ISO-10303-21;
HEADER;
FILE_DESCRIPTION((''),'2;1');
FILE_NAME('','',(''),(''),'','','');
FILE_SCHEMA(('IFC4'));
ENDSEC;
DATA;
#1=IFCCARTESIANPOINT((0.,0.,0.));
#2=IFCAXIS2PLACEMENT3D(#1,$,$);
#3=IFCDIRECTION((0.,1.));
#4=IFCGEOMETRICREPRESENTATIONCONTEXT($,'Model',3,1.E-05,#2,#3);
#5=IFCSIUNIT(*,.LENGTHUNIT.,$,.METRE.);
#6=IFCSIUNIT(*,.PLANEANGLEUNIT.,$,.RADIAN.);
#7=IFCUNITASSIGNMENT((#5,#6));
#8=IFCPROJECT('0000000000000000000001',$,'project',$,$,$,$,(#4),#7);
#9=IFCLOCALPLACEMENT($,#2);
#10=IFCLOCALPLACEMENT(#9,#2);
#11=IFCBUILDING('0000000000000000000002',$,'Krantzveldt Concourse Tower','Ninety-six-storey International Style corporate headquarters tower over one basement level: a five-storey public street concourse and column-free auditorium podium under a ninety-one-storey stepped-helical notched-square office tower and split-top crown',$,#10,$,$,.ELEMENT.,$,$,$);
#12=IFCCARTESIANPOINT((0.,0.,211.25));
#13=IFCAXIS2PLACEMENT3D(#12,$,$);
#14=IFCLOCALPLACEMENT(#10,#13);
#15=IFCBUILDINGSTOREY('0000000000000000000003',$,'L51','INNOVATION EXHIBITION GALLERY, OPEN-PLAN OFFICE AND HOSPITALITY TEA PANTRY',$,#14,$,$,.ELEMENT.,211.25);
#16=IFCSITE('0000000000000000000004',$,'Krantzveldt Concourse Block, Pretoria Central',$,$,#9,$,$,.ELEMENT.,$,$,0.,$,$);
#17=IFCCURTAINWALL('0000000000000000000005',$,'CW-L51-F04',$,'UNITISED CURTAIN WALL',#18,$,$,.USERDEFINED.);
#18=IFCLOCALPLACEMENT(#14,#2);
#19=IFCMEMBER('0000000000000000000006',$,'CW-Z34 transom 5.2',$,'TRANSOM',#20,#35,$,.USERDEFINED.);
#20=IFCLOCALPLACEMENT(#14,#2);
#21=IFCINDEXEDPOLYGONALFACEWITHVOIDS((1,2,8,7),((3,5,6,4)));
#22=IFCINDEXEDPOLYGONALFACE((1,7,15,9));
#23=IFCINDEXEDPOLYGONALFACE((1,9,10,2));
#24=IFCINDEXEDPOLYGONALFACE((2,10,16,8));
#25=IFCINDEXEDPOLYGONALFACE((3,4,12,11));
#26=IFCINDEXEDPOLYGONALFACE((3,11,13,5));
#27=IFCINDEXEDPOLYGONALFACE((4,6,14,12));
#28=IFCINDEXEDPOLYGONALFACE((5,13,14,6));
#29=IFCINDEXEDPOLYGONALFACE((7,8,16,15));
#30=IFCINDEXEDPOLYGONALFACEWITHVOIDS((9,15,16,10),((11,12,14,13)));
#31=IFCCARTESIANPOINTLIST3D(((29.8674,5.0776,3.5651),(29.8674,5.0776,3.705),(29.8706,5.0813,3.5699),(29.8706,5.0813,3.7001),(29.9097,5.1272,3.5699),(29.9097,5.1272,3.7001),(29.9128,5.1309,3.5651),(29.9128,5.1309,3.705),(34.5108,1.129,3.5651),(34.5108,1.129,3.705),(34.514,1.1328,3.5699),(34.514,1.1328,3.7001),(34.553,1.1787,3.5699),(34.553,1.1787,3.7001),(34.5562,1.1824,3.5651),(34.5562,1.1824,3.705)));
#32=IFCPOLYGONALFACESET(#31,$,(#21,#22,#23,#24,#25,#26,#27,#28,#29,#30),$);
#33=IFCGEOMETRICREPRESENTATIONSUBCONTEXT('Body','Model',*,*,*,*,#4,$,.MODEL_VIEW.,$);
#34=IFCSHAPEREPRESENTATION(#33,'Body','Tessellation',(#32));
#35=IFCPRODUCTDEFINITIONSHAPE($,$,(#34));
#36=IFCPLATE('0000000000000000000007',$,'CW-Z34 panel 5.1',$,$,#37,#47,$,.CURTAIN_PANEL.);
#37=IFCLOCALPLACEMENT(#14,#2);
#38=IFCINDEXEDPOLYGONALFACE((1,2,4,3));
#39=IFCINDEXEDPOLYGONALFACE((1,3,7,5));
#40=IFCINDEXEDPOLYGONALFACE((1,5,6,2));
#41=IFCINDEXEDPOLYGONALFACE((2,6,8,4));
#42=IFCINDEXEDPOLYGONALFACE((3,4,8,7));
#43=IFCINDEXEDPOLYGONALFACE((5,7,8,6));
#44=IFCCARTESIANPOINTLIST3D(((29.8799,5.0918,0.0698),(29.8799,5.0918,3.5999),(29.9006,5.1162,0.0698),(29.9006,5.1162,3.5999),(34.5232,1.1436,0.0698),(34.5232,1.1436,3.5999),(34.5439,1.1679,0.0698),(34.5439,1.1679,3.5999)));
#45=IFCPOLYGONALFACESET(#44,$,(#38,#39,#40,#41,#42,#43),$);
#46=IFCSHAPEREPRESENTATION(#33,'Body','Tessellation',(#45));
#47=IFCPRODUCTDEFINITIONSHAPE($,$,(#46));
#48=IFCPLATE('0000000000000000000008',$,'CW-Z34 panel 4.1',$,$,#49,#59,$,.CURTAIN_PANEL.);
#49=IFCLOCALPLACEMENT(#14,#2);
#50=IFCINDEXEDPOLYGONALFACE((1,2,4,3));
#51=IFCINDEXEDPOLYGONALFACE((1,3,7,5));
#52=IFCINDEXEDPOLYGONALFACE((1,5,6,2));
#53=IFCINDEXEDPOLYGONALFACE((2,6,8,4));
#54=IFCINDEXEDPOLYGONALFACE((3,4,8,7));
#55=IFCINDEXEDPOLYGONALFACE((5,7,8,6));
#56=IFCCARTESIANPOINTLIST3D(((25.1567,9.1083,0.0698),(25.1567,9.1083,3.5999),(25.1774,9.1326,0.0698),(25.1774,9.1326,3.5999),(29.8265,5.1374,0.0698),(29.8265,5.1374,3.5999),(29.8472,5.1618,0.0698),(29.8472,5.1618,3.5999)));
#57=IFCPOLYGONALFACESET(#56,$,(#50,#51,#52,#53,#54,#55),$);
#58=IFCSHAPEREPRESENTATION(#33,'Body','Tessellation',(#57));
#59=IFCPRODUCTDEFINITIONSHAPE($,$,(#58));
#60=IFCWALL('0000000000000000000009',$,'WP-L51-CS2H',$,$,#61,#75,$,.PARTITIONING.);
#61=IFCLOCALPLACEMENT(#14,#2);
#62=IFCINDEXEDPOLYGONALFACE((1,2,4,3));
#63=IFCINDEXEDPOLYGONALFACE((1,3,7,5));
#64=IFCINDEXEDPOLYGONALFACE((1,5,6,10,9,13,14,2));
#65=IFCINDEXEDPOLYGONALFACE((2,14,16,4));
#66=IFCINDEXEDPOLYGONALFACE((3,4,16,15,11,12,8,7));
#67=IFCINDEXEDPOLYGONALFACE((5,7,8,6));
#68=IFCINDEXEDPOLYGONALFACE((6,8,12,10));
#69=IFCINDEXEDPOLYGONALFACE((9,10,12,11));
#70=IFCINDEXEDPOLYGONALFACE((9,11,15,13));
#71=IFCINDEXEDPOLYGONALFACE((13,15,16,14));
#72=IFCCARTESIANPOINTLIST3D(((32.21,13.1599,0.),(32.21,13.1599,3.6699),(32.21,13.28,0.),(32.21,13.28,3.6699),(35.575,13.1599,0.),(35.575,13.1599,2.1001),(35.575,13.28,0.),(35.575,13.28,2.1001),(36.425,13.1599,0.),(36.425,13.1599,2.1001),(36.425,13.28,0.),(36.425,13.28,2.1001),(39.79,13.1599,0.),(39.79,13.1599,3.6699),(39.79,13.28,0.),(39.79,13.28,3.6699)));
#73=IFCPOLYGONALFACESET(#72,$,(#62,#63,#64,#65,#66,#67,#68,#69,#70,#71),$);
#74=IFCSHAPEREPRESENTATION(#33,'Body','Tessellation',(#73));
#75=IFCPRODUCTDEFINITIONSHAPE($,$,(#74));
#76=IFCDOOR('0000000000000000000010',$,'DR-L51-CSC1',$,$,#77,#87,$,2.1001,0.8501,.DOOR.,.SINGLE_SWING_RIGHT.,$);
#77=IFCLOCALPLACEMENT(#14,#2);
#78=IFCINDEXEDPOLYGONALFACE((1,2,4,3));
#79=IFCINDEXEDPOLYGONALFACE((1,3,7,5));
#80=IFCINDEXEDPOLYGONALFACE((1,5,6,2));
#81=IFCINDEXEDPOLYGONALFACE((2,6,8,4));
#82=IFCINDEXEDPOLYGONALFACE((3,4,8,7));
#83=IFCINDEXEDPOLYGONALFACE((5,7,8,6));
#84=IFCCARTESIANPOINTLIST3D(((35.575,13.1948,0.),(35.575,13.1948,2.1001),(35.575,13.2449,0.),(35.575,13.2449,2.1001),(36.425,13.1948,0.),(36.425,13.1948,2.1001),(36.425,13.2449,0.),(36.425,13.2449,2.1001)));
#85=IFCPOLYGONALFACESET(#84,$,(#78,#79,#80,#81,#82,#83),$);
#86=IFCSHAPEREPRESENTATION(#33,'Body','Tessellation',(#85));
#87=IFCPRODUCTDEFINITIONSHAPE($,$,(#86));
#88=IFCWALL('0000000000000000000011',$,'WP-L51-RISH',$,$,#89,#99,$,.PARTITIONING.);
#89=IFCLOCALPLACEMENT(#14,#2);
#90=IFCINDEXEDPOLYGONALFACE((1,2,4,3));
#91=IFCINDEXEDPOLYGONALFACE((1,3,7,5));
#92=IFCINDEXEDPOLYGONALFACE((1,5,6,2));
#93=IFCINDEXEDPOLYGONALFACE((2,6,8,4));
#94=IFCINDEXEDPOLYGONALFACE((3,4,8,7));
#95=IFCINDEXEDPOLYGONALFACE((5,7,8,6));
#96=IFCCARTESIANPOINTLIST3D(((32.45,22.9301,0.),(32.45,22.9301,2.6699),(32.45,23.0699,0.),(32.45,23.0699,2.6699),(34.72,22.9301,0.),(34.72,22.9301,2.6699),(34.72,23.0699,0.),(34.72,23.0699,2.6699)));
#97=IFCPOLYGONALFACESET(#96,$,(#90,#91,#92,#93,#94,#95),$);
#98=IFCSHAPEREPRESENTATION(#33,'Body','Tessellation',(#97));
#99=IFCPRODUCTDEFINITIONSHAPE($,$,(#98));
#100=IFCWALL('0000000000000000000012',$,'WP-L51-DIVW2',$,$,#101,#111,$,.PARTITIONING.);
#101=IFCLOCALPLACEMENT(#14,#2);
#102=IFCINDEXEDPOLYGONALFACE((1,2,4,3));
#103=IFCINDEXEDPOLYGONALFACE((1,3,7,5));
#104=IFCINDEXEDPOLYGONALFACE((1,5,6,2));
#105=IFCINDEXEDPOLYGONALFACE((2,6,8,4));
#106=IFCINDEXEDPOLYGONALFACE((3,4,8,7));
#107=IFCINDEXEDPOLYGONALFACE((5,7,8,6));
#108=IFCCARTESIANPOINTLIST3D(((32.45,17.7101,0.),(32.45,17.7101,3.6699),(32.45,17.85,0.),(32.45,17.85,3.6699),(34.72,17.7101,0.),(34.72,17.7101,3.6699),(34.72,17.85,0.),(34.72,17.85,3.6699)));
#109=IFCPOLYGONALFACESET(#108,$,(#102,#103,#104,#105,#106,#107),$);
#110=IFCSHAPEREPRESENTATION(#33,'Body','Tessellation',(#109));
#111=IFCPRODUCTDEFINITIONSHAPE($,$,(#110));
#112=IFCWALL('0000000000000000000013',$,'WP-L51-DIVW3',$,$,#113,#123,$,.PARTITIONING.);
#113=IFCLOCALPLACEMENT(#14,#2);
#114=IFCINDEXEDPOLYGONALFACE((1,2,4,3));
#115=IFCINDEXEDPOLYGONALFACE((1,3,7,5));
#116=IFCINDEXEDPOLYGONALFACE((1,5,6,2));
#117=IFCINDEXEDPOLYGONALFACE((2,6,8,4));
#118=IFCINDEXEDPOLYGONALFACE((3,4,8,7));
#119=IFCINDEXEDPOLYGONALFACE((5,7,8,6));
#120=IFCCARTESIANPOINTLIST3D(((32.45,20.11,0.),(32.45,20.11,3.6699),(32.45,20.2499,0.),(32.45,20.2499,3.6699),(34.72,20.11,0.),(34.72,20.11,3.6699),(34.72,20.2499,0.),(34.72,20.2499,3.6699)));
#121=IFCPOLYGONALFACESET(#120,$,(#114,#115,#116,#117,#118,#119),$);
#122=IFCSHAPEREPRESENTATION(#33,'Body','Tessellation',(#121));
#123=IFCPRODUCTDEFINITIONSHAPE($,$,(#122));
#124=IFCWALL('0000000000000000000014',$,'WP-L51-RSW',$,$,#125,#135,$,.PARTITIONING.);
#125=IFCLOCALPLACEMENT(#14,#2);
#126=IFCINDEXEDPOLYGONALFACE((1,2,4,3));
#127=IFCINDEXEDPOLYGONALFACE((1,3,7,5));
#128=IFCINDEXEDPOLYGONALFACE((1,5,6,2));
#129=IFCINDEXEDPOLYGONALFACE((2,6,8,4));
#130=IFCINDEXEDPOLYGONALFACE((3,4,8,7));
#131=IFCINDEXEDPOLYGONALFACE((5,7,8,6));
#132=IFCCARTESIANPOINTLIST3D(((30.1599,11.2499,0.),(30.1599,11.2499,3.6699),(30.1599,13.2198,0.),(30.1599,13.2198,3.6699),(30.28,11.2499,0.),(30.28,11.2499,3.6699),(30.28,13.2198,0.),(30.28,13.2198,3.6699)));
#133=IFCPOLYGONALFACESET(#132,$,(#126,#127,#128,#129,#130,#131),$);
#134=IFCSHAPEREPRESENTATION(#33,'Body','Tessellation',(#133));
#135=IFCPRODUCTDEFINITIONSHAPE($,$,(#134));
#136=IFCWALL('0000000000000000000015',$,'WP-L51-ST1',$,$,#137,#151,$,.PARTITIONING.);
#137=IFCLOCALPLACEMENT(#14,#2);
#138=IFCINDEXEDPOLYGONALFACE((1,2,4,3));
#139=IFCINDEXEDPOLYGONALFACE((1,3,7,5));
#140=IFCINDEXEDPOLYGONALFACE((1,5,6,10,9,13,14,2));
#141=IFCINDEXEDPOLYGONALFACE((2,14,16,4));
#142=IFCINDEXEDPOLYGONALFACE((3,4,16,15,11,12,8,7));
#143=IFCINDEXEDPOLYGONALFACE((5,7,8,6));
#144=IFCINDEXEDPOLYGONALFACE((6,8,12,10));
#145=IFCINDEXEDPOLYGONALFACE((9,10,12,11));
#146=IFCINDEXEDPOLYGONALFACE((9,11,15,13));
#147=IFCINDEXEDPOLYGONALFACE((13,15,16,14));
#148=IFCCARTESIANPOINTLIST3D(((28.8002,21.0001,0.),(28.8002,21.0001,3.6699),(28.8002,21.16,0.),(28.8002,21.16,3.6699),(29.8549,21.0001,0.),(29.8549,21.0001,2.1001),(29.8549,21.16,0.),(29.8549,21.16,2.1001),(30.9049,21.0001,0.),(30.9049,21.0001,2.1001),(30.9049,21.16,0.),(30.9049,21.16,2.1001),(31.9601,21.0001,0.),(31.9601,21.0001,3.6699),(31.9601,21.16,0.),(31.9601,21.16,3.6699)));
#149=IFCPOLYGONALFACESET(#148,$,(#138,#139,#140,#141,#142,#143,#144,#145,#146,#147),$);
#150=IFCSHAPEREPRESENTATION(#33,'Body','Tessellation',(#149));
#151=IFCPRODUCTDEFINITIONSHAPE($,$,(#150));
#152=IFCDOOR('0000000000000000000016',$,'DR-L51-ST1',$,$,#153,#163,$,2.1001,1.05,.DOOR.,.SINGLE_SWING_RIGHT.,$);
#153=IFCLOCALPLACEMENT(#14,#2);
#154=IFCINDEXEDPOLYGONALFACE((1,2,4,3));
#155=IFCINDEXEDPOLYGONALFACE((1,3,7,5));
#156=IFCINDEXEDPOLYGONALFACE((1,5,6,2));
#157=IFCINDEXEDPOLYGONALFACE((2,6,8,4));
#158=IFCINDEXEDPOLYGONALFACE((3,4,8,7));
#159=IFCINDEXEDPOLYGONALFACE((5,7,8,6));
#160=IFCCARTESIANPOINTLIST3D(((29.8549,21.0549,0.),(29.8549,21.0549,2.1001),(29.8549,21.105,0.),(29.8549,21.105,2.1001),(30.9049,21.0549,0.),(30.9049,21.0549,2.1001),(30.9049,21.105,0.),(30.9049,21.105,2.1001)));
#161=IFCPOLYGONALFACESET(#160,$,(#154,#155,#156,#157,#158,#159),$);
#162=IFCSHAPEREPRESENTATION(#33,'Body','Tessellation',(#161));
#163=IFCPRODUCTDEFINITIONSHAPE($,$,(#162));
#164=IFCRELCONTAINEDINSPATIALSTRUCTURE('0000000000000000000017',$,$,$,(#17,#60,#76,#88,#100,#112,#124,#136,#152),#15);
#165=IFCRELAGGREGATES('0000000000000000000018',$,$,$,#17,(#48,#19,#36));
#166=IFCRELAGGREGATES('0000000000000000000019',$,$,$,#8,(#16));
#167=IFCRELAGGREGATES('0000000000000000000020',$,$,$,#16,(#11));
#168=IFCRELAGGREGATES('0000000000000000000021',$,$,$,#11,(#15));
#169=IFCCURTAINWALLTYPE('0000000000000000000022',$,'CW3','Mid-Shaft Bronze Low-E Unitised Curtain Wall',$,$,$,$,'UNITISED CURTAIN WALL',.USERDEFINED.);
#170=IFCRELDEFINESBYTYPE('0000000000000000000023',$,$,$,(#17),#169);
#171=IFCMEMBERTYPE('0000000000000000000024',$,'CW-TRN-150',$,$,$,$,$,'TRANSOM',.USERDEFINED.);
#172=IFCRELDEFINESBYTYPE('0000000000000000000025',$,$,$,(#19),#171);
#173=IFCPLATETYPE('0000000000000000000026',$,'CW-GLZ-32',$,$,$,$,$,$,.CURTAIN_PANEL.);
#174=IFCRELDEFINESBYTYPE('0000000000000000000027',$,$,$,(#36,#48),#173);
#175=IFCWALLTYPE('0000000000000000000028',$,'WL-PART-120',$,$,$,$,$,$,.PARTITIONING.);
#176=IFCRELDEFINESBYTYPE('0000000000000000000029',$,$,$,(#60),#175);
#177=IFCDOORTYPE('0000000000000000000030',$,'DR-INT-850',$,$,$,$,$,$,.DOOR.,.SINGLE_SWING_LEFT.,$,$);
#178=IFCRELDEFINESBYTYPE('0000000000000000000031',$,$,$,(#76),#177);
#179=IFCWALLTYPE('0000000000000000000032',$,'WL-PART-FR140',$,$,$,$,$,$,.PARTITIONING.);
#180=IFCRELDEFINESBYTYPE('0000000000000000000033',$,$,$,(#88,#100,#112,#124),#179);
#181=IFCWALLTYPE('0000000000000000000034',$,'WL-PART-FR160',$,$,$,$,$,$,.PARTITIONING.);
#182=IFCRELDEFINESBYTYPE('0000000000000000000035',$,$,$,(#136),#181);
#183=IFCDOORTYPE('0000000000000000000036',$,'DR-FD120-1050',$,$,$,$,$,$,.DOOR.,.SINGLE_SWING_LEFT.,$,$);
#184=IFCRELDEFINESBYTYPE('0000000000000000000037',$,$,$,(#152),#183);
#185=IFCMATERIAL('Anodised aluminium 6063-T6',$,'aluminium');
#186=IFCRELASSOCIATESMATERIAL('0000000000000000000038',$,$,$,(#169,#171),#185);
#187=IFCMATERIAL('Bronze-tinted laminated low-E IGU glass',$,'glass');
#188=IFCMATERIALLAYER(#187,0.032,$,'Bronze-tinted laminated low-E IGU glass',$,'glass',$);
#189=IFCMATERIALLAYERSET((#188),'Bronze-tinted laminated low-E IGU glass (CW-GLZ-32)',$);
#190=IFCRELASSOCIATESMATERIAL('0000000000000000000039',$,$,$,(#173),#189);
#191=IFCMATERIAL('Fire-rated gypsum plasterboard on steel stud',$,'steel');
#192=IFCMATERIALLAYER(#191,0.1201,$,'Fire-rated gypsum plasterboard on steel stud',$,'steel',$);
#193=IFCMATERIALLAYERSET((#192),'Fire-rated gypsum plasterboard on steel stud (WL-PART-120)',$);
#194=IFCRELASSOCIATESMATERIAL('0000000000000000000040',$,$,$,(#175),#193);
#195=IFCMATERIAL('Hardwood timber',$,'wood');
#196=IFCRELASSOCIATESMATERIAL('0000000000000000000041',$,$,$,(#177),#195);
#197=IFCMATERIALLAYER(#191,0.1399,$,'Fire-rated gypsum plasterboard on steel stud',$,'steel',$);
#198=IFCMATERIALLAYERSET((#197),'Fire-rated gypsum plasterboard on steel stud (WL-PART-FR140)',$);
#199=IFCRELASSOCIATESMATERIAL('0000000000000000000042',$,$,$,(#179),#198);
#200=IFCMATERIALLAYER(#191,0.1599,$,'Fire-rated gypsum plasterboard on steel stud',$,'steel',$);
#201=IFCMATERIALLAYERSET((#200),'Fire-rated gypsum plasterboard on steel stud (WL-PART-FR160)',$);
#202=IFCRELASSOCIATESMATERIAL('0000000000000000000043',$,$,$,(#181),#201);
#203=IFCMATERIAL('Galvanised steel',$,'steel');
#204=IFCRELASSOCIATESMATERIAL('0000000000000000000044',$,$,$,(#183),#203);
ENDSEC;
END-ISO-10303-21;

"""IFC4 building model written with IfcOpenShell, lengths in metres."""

from ifc_helpers import new_model, si_unit, direction, frame, frame_2d, origin, origin_2d, place, context, subcontext, project, spatial, rectangle, hollow_rectangle, extrude, source, transform, mapped, material, layer, layer_set, material_profile, profile_set, type_object, type_shapes, element, fill, aggregate, save


model = new_model("IFC4")

# Units and contexts
model_context = context("Model", 3, precision=1e-05, world=origin(), true_north=direction((0.0, 1.0)))
body_context = subcontext(model_context, "Body", "Model", "MODEL_VIEW")
ifc_project = project(units=[si_unit("LENGTHUNIT", "METRE"), si_unit("PLANEANGLEUNIT", "RADIAN")], contexts=[model_context])

# Site, building, storey
site_placement = place(None, origin())
site = spatial("IfcSite", under=ifc_project, at=site_placement, Name="Krantzveldt Concourse Block, Pretoria Central", CompositionType="ELEMENT", RefElevation=0.0)
building_placement = place(site_placement, origin())
building = spatial("IfcBuilding", under=site, at=building_placement, Name="Krantzveldt Concourse Tower", Description="Ninety-six-storey International Style corporate headquarters tower over one basement level: a five-storey public street concourse and column-free auditorium podium under a ninety-one-storey stepped-helical notched-square office tower and split-top crown", CompositionType="ELEMENT")
storey_placement = place(building_placement, frame((0.0, 0.0, 211.25)))
storey = spatial("IfcBuildingStorey", under=building, at=storey_placement, Name="L51", Description="INNOVATION EXHIBITION GALLERY, OPEN-PLAN OFFICE AND HOSPITALITY TEA PANTRY", CompositionType="ELEMENT", Elevation=211.25)

# Curtain wall, member, plates
ifc_material_1 = material(Name="Anodised aluminium 6063-T6", Category="aluminium")
curtain_wall_type = type_object("IfcCurtainWallType", Name="CW3", Description="Mid-Shaft Bronze Low-E Unitised Curtain Wall", ElementType="UNITISED CURTAIN WALL", PredefinedType="USERDEFINED", material=ifc_material_1)
curtain_wall_placement = place(storey_placement, origin())
curtain_wall = element("IfcCurtainWall", 1, at=curtain_wall_placement, inside=storey, type_object=curtain_wall_type, Name="CW-L51-F04", ObjectType="UNITISED CURTAIN WALL", PredefinedType="USERDEFINED")
ifc_material_profile_1 = material_profile(ifc_material_1, hollow_rectangle(XDim=0.0701, YDim=0.1399, WallThickness=0.0049, at=origin_2d()), Name="Anodised aluminium 6063-T6", Category="aluminium")
ifc_profile_set_1 = profile_set([ifc_material_profile_1], Name="Anodised aluminium 6063-T6 - ALU-TRAN 140x70x5")
member_type_1 = type_object("IfcMemberType", Name="CW-TRN-150", ElementType="TRANSOM", PredefinedType="USERDEFINED", material=ifc_profile_set_1)
shared_shape_1 = source(origin(), body_context, "Body", "SweptSolid", [
    extrude(hollow_rectangle(XDim=0.0701, YDim=0.1399, WallThickness=0.0049, at=origin_2d()), origin(), (0.0, 0.0, 1.0), 6.0952),
])
type_shapes(member_type_1, [shared_shape_1])
member_1_placement = place(storey_placement, frame((29.8901, 5.1042, 3.635), z_axis=(0.761804, -0.647808, 0.0), x_axis=(0.647808, 0.761804, 0.0)))
member_1 = element("IfcMember", 2, at=member_1_placement, type_object=member_type_1, Name="CW-Z34 transom 5.2", ObjectType="TRANSOM", PredefinedType="USERDEFINED", context=body_context, shape_type="MappedRepresentation", body=[
    mapped(shared_shape_1, transform((0.0, 0.0, 0.0), x_axis=(1.0, 0.0, 0.0), y_axis=(0.0, 1.0, 0.0), z_axis=(0.0, 0.0, 1.0), scale=1.0)),
])
ifc_material_2 = material(Name="Bronze-tinted laminated low-E IGU glass", Category="glass")
ifc_layer_1 = layer(ifc_material_2, 0.032, Name="Bronze-tinted laminated low-E IGU glass", Category="glass")
ifc_layer_set_1 = layer_set([ifc_layer_1], Name="Bronze-tinted laminated low-E IGU glass (CW-GLZ-32)")
plate_type = type_object("IfcPlateType", Name="CW-GLZ-32", PredefinedType="CURTAIN_PANEL", material=ifc_layer_set_1)
shared_shape_2 = source(origin(), body_context, "Body", "SweptSolid", [
    extrude(rectangle(XDim=6.095, YDim=0.032, at=origin_2d()), origin(), (0.0, 0.0, 1.0), 3.53),
])
plate_1_placement = place(storey_placement, frame((32.2119, 3.1299, 0.0698), z_axis=(0.0, 0.0, 1.0), x_axis=(0.761821, -0.647788, 0.0)))
plate_1 = element("IfcPlate", 3, at=plate_1_placement, type_object=plate_type, Name="CW-Z34 panel 5.1", PredefinedType="CURTAIN_PANEL", context=body_context, shape_type="MappedRepresentation", body=[
    mapped(shared_shape_2, transform((0.0, 0.0, 0.0), x_axis=(1.0, 0.0, 0.0), y_axis=(0.0, 1.0, 0.0), z_axis=(0.0, 0.0, 1.0), scale=1.0)),
])
shared_shape_3 = source(origin(), body_context, "Body", "SweptSolid", [
    extrude(rectangle(XDim=6.1299, YDim=0.032, at=origin_2d()), origin(), (0.0, 0.0, 1.0), 3.53),
])
type_shapes(plate_type, [shared_shape_2, shared_shape_3])
plate_2_placement = place(storey_placement, frame((27.502, 7.135, 0.0698), z_axis=(0.0, 0.0, 1.0), x_axis=(0.761821, -0.647788, 0.0)))
plate_2 = element("IfcPlate", 4, at=plate_2_placement, type_object=plate_type, Name="CW-Z34 panel 4.1", PredefinedType="CURTAIN_PANEL", context=body_context, shape_type="MappedRepresentation", body=[
    mapped(shared_shape_3, transform((0.0, 0.0, 0.0), x_axis=(1.0, 0.0, 0.0), y_axis=(0.0, 1.0, 0.0), z_axis=(0.0, 0.0, 1.0), scale=1.0)),
])
aggregate(curtain_wall, [plate_2, member_1, plate_1])

# Wall, opening, door
ifc_material_3 = material(Name="Fire-rated gypsum plasterboard on steel stud", Category="steel")
ifc_layer_2 = layer(ifc_material_3, 0.1201, Name="Fire-rated gypsum plasterboard on steel stud", Category="steel")
ifc_layer_set_2 = layer_set([ifc_layer_2], Name="Fire-rated gypsum plasterboard on steel stud (WL-PART-120)")
wall_type_1 = type_object("IfcWallType", Name="WL-PART-120", PredefinedType="PARTITIONING", material=ifc_layer_set_2)
wall_1_placement = place(storey_placement, frame((32.21, 13.22, 0.0), z_axis=(0.0, 0.0, 1.0), x_axis=(1.0, 0.0, 0.0)))
wall_1 = element("IfcWall", 5, at=wall_1_placement, inside=storey, type_object=wall_type_1, Name="WP-L51-CS2H", PredefinedType="PARTITIONING", context=body_context, shape_type="SweptSolid", body=[
    extrude(rectangle(XDim=7.5801, YDim=0.1201, at=frame_2d((3.79, 0.0))), origin(), (0.0, 0.0, 1.0), 3.6699),
])
opening_1_placement = place(wall_1_placement, frame((3.365, 0.0, 0.0)))
opening_1 = element("IfcOpeningElement", 6, at=opening_1_placement, cuts=wall_1, PredefinedType="OPENING", context=body_context, shape_type="SweptSolid", body=[
    extrude(rectangle(XDim=0.8501, YDim=2.1001, at=frame_2d((0.425, 1.05))), frame((0.0, 0.0701, 0.0), z_axis=(0.0, -1.0, 0.0), x_axis=(1.0, 0.0, 0.0)), (0.0, 0.0, 1.0), 0.1401),
])
ifc_material_4 = material(Name="Hardwood timber", Category="wood")
door_type_1 = type_object("IfcDoorType", Name="DR-INT-850", OperationType="SINGLE_SWING_LEFT", PredefinedType="DOOR", material=ifc_material_4)
door_1_placement = place(opening_1_placement, origin())
door_1 = element("IfcDoor", 7, at=door_1_placement, inside=storey, type_object=door_type_1, Name="DR-L51-CSC1", OperationType="SINGLE_SWING_RIGHT", OverallHeight=2.1001, OverallWidth=0.8501, PredefinedType="DOOR", context=body_context, shape_type="SweptSolid", body=[
    extrude(rectangle(XDim=0.8501, YDim=2.1001, at=frame_2d((0.425, 1.05))), frame((0.0, 0.0249, 0.0), z_axis=(0.0, -1.0, 0.0), x_axis=(1.0, 0.0, 0.0)), (0.0, 0.0, 1.0), 0.05),
])
fill(opening_1, door_1)

# Walls
ifc_layer_3 = layer(ifc_material_3, 0.1399, Name="Fire-rated gypsum plasterboard on steel stud", Category="steel")
ifc_layer_set_3 = layer_set([ifc_layer_3], Name="Fire-rated gypsum plasterboard on steel stud (WL-PART-FR140)")
wall_type_2 = type_object("IfcWallType", Name="WL-PART-FR140", PredefinedType="PARTITIONING", material=ifc_layer_set_3)
wall_2_placement = place(storey_placement, frame((32.45, 23.0, 0.0), z_axis=(0.0, 0.0, 1.0), x_axis=(1.0, 0.0, 0.0)))
element("IfcWall", 8, at=wall_2_placement, inside=storey, type_object=wall_type_2, Name="WP-L51-RISH", PredefinedType="PARTITIONING", context=body_context, shape_type="SweptSolid", body=[
    extrude(rectangle(XDim=2.27, YDim=0.1399, at=frame_2d((1.135, 0.0))), origin(), (0.0, 0.0, 1.0), 2.6699),
])
for number, where, z_axis, x_axis, name in (
    (9, (32.45, 17.78, 0.0), (0.0, 0.0, 1.0), (1.0, 0.0, 0.0), "WP-L51-DIVW2"),
    (10, (32.45, 20.1799, 0.0), (0.0, 0.0, 1.0), (1.0, 0.0, 0.0), "WP-L51-DIVW3"),
):
    element("IfcWall", number, at=place(storey_placement, frame(where, z_axis=z_axis, x_axis=x_axis)), inside=storey, type_object=wall_type_2, Name=name, PredefinedType="PARTITIONING", context=body_context, shape_type="SweptSolid", body=[
        extrude(rectangle(XDim=2.27, YDim=0.1399, at=frame_2d((1.135, 0.0))), origin(), (0.0, 0.0, 1.0), 3.6699),
    ])
wall_3_placement = place(storey_placement, frame((30.22, 11.25, 0.0), z_axis=(0.0, 0.0, 1.0), x_axis=(0.0, 1.0, 0.0)))
element("IfcWall", 11, at=wall_3_placement, inside=storey, type_object=wall_type_2, Name="WP-L51-RSW", PredefinedType="PARTITIONING", context=body_context, shape_type="SweptSolid", body=[
    extrude(rectangle(XDim=1.97, YDim=0.1201, at=frame_2d((0.9849, 0.0))), origin(), (0.0, 0.0, 1.0), 3.6699),
])

# Wall, opening, door
ifc_layer_4 = layer(ifc_material_3, 0.1599, Name="Fire-rated gypsum plasterboard on steel stud", Category="steel")
ifc_layer_set_4 = layer_set([ifc_layer_4], Name="Fire-rated gypsum plasterboard on steel stud (WL-PART-FR160)")
wall_type_3 = type_object("IfcWallType", Name="WL-PART-FR160", PredefinedType="PARTITIONING", material=ifc_layer_set_4)
wall_4_placement = place(storey_placement, frame((28.8, 21.0801, 0.0), z_axis=(0.0, 0.0, 1.0), x_axis=(1.0, 0.0, 0.0)))
wall_4 = element("IfcWall", 12, at=wall_4_placement, inside=storey, type_object=wall_type_3, Name="WP-L51-ST1", PredefinedType="PARTITIONING", context=body_context, shape_type="SweptSolid", body=[
    extrude(rectangle(XDim=3.1599, YDim=0.1599, at=frame_2d((1.5801, 0.0))), origin(), (0.0, 0.0, 1.0), 3.6699),
])
opening_2_placement = place(wall_4_placement, frame((1.0549, 0.0, 0.0)))
opening_2 = element("IfcOpeningElement", 13, at=opening_2_placement, cuts=wall_4, PredefinedType="OPENING", context=body_context, shape_type="SweptSolid", body=[
    extrude(rectangle(XDim=1.05, YDim=2.1001, at=frame_2d((0.5249, 1.05))), frame((0.0, 0.0898, 0.0), z_axis=(0.0, -1.0, 0.0), x_axis=(1.0, 0.0, 0.0)), (0.0, 0.0, 1.0), 0.1799),
])
ifc_material_5 = material(Name="Galvanised steel", Category="steel")
door_type_2 = type_object("IfcDoorType", Name="DR-FD120-1050", OperationType="SINGLE_SWING_LEFT", PredefinedType="DOOR", material=ifc_material_5)
door_2_placement = place(opening_2_placement, origin())
door_2 = element("IfcDoor", 14, at=door_2_placement, inside=storey, type_object=door_type_2, Name="DR-L51-ST1", OperationType="SINGLE_SWING_RIGHT", OverallHeight=2.1001, OverallWidth=1.05, PredefinedType="DOOR", context=body_context, shape_type="SweptSolid", body=[
    extrude(rectangle(XDim=1.05, YDim=2.1001, at=frame_2d((0.5249, 1.05))), frame((0.0, 0.0249, 0.0), z_axis=(0.0, -1.0, 0.0), x_axis=(1.0, 0.0, 0.0)), (0.0, 0.0, 1.0), 0.05),
])
fill(opening_2, door_2)

save(model, "model.ifc")
